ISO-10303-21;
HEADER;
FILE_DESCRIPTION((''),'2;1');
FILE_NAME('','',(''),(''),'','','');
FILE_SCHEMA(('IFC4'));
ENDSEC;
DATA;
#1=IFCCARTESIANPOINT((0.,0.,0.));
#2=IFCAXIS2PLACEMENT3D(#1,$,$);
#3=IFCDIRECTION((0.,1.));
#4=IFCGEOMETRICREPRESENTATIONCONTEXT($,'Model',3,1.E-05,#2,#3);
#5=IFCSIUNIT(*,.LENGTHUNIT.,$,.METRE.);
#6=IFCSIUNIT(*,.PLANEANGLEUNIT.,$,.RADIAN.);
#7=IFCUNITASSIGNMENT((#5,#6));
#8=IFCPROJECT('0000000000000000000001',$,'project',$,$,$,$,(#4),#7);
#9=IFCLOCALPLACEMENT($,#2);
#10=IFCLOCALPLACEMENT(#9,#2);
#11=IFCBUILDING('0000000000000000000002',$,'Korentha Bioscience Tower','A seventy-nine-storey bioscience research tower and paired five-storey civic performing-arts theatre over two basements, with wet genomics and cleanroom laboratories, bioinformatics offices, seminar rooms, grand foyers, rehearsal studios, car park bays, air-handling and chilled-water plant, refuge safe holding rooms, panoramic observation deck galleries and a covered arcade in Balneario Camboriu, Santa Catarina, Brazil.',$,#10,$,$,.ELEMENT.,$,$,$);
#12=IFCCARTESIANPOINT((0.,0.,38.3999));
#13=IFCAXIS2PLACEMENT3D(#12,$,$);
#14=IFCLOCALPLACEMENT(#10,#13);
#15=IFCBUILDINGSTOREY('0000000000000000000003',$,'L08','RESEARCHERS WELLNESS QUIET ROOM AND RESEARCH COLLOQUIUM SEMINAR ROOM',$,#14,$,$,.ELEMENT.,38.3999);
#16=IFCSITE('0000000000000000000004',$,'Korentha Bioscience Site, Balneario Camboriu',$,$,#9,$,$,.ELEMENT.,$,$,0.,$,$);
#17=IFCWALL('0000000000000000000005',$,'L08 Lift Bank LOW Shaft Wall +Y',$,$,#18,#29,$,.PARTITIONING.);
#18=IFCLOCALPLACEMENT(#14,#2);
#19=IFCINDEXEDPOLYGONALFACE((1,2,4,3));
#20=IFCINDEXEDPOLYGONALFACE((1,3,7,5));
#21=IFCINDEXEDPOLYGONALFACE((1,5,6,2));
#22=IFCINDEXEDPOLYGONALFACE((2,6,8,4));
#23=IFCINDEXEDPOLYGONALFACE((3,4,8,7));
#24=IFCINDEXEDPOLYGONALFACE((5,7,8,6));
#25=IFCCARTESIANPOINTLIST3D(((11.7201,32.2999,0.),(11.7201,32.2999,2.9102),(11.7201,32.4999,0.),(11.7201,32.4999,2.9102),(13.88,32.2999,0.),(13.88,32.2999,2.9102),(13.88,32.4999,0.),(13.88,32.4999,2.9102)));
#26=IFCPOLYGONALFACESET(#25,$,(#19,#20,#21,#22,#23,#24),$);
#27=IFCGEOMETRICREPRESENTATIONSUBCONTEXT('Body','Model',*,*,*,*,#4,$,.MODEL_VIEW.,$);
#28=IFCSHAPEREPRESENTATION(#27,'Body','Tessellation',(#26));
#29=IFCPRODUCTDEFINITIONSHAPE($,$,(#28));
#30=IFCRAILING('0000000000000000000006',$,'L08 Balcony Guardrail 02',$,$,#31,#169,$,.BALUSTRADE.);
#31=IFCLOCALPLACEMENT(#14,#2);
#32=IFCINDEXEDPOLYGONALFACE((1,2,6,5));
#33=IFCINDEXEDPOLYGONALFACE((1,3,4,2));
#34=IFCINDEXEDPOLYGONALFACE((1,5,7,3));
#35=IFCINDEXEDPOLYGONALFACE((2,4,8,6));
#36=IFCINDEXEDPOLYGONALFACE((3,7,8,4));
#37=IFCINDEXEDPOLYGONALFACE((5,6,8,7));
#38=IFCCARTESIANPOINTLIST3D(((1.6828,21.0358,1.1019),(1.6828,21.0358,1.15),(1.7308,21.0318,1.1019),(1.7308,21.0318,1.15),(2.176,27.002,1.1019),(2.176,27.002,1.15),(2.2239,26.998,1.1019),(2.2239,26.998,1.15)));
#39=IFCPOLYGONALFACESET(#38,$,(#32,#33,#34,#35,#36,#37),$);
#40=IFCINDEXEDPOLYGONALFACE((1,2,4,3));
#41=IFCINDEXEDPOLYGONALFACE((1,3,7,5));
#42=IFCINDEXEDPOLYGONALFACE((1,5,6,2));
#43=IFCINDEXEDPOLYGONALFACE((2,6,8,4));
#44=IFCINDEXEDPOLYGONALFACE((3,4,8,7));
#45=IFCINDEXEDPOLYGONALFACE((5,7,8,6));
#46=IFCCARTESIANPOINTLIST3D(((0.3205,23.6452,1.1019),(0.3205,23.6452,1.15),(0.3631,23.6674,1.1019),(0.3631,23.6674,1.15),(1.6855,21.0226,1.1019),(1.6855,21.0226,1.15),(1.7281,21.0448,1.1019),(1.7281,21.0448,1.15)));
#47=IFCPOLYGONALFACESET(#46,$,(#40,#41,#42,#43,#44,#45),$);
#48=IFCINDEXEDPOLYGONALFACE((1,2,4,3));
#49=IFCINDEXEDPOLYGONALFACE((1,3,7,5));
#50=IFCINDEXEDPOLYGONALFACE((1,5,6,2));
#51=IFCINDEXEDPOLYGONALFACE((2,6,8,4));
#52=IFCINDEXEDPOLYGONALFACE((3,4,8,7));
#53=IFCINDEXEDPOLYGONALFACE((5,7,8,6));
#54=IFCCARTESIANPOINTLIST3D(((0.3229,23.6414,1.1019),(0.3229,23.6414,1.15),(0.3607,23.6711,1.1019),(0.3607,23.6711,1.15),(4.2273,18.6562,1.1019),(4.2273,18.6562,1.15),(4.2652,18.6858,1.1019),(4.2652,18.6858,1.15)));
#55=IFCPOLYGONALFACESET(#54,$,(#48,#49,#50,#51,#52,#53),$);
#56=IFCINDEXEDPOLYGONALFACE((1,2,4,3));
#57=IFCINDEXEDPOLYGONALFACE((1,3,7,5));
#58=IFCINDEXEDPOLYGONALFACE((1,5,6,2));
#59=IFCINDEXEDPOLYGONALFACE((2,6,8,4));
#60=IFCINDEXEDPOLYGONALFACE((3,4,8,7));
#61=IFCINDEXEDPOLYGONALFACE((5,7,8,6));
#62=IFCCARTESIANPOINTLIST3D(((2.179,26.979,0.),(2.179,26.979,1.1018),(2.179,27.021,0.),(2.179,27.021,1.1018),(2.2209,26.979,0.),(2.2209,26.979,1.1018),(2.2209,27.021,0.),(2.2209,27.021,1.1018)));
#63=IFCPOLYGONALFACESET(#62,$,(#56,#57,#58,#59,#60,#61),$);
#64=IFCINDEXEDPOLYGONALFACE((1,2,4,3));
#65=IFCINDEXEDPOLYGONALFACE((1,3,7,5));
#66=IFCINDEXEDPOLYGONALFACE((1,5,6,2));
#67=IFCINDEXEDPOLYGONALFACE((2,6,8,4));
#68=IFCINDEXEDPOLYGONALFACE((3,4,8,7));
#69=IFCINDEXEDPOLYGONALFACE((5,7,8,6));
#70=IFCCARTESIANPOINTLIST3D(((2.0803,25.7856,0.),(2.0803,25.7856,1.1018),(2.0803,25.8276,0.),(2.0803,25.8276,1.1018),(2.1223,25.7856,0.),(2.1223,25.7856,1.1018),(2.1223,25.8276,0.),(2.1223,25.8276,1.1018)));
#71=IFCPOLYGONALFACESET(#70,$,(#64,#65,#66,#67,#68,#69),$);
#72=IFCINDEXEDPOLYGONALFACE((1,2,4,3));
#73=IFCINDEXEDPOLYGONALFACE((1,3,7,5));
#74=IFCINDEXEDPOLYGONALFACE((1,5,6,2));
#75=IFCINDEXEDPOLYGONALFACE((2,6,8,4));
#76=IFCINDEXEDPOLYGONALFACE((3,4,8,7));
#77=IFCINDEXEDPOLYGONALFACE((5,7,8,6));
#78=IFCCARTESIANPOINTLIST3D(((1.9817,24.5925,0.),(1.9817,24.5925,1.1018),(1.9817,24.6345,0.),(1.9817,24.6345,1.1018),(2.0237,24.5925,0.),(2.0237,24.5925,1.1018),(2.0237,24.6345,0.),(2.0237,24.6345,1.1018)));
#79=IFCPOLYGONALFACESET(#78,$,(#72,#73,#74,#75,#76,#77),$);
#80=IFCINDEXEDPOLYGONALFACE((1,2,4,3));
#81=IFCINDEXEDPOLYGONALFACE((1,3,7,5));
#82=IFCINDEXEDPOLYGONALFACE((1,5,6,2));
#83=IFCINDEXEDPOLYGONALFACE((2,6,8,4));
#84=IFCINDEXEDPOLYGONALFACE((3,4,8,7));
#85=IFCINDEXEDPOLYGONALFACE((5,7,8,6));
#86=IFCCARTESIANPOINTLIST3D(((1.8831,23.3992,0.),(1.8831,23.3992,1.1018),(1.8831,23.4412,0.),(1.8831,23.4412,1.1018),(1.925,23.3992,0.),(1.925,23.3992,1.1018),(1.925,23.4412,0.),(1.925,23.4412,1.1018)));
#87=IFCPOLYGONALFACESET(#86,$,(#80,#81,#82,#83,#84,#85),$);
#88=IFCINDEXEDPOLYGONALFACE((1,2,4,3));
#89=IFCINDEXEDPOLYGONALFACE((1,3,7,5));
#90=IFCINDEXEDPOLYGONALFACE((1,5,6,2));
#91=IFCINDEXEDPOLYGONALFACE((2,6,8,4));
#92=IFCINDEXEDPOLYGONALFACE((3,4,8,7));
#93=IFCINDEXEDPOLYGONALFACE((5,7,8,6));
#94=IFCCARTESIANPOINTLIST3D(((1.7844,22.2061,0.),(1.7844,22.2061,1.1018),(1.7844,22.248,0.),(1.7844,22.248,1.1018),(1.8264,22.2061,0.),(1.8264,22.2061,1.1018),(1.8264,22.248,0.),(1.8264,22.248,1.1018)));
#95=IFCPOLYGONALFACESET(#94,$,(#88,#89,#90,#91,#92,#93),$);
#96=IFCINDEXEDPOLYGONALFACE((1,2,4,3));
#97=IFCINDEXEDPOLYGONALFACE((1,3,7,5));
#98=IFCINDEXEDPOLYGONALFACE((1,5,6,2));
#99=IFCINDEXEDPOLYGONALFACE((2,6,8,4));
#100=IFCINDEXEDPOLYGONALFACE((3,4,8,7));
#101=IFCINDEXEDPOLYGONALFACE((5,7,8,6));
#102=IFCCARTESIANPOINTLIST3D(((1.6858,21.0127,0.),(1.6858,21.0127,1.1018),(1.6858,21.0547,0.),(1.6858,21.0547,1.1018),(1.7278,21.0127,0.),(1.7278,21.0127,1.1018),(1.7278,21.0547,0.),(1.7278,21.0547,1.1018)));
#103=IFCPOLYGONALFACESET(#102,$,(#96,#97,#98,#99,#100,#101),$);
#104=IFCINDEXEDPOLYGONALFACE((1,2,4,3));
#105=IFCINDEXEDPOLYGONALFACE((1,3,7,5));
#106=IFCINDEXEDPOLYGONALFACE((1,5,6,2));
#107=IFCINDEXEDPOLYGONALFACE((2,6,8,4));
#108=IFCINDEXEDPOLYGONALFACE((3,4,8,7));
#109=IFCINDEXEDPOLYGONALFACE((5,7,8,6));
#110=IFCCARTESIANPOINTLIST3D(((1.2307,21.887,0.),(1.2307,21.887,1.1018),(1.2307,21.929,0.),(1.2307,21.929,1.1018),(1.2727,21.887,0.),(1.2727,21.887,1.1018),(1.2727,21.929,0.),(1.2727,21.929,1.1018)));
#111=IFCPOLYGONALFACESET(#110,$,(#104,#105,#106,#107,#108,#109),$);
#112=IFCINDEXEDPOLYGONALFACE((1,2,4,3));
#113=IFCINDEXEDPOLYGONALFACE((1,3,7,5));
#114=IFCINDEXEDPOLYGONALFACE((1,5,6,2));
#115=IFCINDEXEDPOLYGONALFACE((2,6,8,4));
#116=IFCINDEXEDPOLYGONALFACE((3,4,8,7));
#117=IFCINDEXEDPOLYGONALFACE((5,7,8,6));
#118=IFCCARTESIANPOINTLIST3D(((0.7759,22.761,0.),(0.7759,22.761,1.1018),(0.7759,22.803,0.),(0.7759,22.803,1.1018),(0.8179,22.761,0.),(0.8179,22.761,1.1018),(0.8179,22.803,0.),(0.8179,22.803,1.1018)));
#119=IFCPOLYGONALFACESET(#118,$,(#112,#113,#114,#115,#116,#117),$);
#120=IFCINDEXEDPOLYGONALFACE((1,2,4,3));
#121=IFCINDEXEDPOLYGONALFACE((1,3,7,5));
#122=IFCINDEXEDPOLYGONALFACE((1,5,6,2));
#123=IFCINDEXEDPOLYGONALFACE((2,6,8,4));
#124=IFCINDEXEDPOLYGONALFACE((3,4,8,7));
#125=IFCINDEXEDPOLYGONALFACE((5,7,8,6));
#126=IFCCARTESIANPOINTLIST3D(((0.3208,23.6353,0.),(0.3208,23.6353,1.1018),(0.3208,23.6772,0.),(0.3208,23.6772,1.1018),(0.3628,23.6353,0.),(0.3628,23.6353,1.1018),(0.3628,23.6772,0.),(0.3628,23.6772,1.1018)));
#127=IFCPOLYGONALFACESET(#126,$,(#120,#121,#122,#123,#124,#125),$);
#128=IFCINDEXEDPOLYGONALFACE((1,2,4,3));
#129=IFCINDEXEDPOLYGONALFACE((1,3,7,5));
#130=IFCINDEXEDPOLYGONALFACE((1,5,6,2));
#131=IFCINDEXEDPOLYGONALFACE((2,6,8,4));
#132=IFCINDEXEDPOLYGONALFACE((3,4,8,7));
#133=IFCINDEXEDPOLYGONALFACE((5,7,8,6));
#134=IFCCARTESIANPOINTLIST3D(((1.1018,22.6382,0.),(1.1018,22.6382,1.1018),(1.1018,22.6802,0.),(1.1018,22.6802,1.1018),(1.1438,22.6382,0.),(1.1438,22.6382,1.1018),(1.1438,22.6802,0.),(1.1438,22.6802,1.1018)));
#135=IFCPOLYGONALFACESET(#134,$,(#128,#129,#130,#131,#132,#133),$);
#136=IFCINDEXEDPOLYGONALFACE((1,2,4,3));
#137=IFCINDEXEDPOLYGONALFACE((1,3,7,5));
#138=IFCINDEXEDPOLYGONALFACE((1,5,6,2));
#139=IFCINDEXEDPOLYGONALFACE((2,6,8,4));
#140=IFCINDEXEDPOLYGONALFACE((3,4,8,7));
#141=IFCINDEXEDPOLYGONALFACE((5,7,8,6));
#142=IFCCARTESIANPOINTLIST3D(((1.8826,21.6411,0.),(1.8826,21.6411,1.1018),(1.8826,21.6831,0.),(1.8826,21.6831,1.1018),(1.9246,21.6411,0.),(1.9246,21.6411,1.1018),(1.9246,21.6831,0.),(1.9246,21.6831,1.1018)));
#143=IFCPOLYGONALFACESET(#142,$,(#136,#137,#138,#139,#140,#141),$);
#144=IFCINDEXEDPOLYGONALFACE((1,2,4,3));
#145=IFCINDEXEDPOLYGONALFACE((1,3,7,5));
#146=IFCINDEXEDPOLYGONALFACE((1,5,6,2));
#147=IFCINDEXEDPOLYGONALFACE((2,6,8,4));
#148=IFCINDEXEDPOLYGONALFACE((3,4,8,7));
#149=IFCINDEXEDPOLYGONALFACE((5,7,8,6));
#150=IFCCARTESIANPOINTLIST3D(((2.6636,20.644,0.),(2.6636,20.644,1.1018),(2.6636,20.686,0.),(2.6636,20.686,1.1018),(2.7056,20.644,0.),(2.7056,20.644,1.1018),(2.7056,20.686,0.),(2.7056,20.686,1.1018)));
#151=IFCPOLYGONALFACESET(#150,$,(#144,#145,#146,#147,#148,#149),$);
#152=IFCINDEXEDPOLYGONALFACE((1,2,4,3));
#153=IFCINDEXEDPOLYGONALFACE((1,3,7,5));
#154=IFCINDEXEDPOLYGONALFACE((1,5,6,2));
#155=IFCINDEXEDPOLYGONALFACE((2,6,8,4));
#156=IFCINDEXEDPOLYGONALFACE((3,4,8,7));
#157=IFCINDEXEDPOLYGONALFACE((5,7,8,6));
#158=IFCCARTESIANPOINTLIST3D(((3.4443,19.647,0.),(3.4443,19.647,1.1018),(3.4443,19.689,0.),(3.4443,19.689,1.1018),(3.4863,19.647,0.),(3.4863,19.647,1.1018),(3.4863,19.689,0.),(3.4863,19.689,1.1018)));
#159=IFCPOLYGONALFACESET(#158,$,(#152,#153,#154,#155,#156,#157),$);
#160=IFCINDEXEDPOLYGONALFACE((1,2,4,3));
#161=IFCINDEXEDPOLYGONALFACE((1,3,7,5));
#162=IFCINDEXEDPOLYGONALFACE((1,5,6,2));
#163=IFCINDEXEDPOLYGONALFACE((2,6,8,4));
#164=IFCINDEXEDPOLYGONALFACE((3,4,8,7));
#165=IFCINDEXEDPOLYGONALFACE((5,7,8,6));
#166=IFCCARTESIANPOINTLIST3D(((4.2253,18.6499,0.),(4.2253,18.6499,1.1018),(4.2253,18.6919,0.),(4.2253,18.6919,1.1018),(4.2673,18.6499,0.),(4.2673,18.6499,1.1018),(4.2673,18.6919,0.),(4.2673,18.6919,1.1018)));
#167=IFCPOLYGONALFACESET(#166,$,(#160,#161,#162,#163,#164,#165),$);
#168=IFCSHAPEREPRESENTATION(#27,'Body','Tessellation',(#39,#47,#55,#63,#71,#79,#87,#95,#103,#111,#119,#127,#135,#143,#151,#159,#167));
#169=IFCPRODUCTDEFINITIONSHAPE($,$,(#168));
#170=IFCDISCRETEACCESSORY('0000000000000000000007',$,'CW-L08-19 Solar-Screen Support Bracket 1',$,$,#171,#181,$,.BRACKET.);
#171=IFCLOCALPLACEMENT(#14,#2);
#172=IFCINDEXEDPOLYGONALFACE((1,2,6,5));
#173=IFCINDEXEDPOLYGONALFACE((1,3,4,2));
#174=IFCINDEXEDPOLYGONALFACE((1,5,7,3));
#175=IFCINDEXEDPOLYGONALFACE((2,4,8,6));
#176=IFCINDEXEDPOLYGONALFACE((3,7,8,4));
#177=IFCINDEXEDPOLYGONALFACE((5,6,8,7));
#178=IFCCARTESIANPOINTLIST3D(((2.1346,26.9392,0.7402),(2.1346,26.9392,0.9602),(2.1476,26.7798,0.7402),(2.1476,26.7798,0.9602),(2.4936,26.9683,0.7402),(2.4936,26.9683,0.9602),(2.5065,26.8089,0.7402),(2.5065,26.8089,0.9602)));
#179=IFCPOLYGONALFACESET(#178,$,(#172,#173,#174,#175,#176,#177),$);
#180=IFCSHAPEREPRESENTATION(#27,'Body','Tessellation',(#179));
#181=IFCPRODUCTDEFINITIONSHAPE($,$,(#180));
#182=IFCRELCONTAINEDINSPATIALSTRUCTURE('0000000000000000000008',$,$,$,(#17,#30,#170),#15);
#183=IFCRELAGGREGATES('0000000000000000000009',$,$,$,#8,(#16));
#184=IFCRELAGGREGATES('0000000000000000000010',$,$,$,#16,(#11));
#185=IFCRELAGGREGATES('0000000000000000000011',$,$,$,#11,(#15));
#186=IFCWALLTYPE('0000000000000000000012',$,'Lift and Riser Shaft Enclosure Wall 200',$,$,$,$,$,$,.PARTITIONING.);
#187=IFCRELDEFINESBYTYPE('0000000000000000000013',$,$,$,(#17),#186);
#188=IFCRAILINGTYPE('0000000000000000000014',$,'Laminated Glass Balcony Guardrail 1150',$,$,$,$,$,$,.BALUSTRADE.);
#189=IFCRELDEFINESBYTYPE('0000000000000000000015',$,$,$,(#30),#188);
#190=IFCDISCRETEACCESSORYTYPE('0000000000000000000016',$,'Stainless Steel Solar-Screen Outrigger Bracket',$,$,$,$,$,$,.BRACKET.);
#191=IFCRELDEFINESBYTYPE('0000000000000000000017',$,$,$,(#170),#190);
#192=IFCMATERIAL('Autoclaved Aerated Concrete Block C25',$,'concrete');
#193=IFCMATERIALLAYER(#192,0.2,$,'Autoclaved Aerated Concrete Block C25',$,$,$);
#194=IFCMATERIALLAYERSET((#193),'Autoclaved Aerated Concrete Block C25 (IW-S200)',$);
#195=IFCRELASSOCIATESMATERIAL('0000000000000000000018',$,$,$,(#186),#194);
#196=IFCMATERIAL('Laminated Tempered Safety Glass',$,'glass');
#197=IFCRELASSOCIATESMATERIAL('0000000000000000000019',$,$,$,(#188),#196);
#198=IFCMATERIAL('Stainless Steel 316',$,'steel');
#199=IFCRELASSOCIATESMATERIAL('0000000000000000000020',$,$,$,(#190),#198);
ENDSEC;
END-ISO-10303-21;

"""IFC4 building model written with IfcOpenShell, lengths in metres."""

from ifc_helpers import new_model, si_unit, direction, frame, frame_2d, origin, origin_2d, place, context, subcontext, project, spatial, rectangle, extrude, material, layer, layer_set, type_object, element, save


model = new_model("IFC4")

# Units and contexts
model_context = context("Model", 3, precision=1e-05, world=origin(), true_north=direction((0.0, 1.0)))
body_context = subcontext(model_context, "Body", "Model", "MODEL_VIEW")
ifc_project = project(units=[si_unit("LENGTHUNIT", "METRE"), si_unit("PLANEANGLEUNIT", "RADIAN")], contexts=[model_context])

# Site, building, storey
site_placement = place(None, origin())
site = spatial("IfcSite", under=ifc_project, at=site_placement, Name="Korentha Bioscience Site, Balneario Camboriu", CompositionType="ELEMENT", RefElevation=0.0)
building_placement = place(site_placement, origin())
building = spatial("IfcBuilding", under=site, at=building_placement, Name="Korentha Bioscience Tower", Description="A seventy-nine-storey bioscience research tower and paired five-storey civic performing-arts theatre over two basements, with wet genomics and cleanroom laboratories, bioinformatics offices, seminar rooms, grand foyers, rehearsal studios, car park bays, air-handling and chilled-water plant, refuge safe holding rooms, panoramic observation deck galleries and a covered arcade in Balneario Camboriu, Santa Catarina, Brazil.", CompositionType="ELEMENT")
storey_placement = place(building_placement, frame((0.0, 0.0, 38.3999)))
storey = spatial("IfcBuildingStorey", under=building, at=storey_placement, Name="L08", Description="RESEARCHERS WELLNESS QUIET ROOM AND RESEARCH COLLOQUIUM SEMINAR ROOM", CompositionType="ELEMENT", Elevation=38.3999)

# Wall
ifc_material_1 = material(Name="Autoclaved Aerated Concrete Block C25", Category="concrete")
ifc_layer_1 = layer(ifc_material_1, 0.2, Name="Autoclaved Aerated Concrete Block C25")
ifc_layer_set_1 = layer_set([ifc_layer_1], Name="Autoclaved Aerated Concrete Block C25 (IW-S200)")
wall_type_1 = type_object("IfcWallType", Name="Lift and Riser Shaft Enclosure Wall 200", PredefinedType="PARTITIONING", material=ifc_layer_set_1)
wall_1_placement = place(storey_placement, frame((11.72, 32.3999, 0.0), z_axis=(0.0, 0.0, 1.0), x_axis=(1.0, 0.0, 0.0)))
element("IfcWall", 1, at=wall_1_placement, inside=storey, type_object=wall_type_1, Name="L08 Lift Bank LOW Shaft Wall +Y", PredefinedType="PARTITIONING", context=body_context, shape_type="SweptSolid", body=[
    extrude(rectangle(XDim=2.1599, YDim=0.2, at=frame_2d((1.0801, 0.0))), origin(), (0.0, 0.0, 1.0), 2.9102),
])

# Railing
ifc_material_2 = material(Name="Laminated Tempered Safety Glass", Category="glass")
railing_type = type_object("IfcRailingType", Name="Laminated Glass Balcony Guardrail 1150", PredefinedType="BALUSTRADE", material=ifc_material_2)
railing_placement = place(storey_placement, frame((2.2, 27.0, 0.0)))
element("IfcRailing", 2, at=railing_placement, inside=storey, type_object=railing_type, Name="L08 Balcony Guardrail 02", PredefinedType="BALUSTRADE", context=body_context, shape_type="SweptSolid", body=[
    extrude(rectangle(XDim=0.0481, YDim=0.0481, at=origin_2d()), frame((0.0, 0.0, 1.126), z_axis=(-0.082377, -0.996601, 0.0), x_axis=(0.996601, -0.082377, 0.0)), (0.0, 0.0, 1.0), 5.9866),
    extrude(rectangle(XDim=0.0481, YDim=0.0481, at=origin_2d()), frame((-0.4932, -5.9663, 1.126), z_axis=(-0.461688, 0.887042, 0.0), x_axis=(-0.887042, -0.461688, 0.0)), (0.0, 0.0, 1.0), 2.9565),
    extrude(rectangle(XDim=0.0481, YDim=0.0481, at=origin_2d()), frame((-1.8582, -3.3438, 1.126), z_axis=(0.616598, -0.787278, 0.0), x_axis=(0.787278, 0.616598, 0.0)), (0.0, 0.0, 1.0), 6.3323),
    extrude(rectangle(XDim=0.042, YDim=0.042, at=origin_2d()), origin(), (0.0, 0.0, 1.0), 1.1018),
    extrude(rectangle(XDim=0.042, YDim=0.042, at=origin_2d()), frame((-0.0986, -1.1934, 0.0)), (0.0, 0.0, 1.0), 1.1018),
    extrude(rectangle(XDim=0.042, YDim=0.042, at=origin_2d()), frame((-0.1973, -2.3865, 0.0)), (0.0, 0.0, 1.0), 1.1018),
    extrude(rectangle(XDim=0.042, YDim=0.042, at=origin_2d()), frame((-0.2959, -3.5798, 0.0)), (0.0, 0.0, 1.0), 1.1018),
    extrude(rectangle(XDim=0.042, YDim=0.042, at=origin_2d()), frame((-0.3945, -4.7729, 0.0)), (0.0, 0.0, 1.0), 1.1018),
    extrude(rectangle(XDim=0.042, YDim=0.042, at=origin_2d()), frame((-0.4932, -5.9663, 0.0)), (0.0, 0.0, 1.0), 1.1018),
    extrude(rectangle(XDim=0.042, YDim=0.042, at=origin_2d()), frame((-0.9482, -5.092, 0.0)), (0.0, 0.0, 1.0), 1.1018),
    extrude(rectangle(XDim=0.042, YDim=0.042, at=origin_2d()), frame((-1.4031, -4.218, 0.0)), (0.0, 0.0, 1.0), 1.1018),
    extrude(rectangle(XDim=0.042, YDim=0.042, at=origin_2d()), frame((-1.8582, -3.3438, 0.0)), (0.0, 0.0, 1.0), 1.1018),
    extrude(rectangle(XDim=0.042, YDim=0.042, at=origin_2d()), frame((-1.0771, -4.3408, 0.0)), (0.0, 0.0, 1.0), 1.1018),
    extrude(rectangle(XDim=0.042, YDim=0.042, at=origin_2d()), frame((-0.2964, -5.3379, 0.0)), (0.0, 0.0, 1.0), 1.1018),
    extrude(rectangle(XDim=0.042, YDim=0.042, at=origin_2d()), frame((0.4846, -6.335, 0.0)), (0.0, 0.0, 1.0), 1.1018),
    extrude(rectangle(XDim=0.042, YDim=0.042, at=origin_2d()), frame((1.2654, -7.332, 0.0)), (0.0, 0.0, 1.0), 1.1018),
    extrude(rectangle(XDim=0.042, YDim=0.042, at=origin_2d()), frame((2.0464, -8.3291, 0.0)), (0.0, 0.0, 1.0), 1.1018),
])

# Discrete accessory
ifc_material_3 = material(Name="Stainless Steel 316", Category="steel")
discrete_accessory_type = type_object("IfcDiscreteAccessoryType", Name="Stainless Steel Solar-Screen Outrigger Bracket", PredefinedType="BRACKET", material=ifc_material_3)
discrete_accessory_placement = place(storey_placement, frame((2.3206, 26.874, 0.7402), z_axis=(0.0, 0.0, 1.0), x_axis=(0.08082, -0.996729, 0.0)))
element("IfcDiscreteAccessory", 3, at=discrete_accessory_placement, inside=storey, type_object=discrete_accessory_type, Name="CW-L08-19 Solar-Screen Support Bracket 1", PredefinedType="BRACKET", context=body_context, shape_type="SweptSolid", body=[
    extrude(rectangle(XDim=0.1599, YDim=0.3601, at=origin_2d()), origin(), (0.0, 0.0, 1.0), 0.22),
])

save(model, "model.ifc")
